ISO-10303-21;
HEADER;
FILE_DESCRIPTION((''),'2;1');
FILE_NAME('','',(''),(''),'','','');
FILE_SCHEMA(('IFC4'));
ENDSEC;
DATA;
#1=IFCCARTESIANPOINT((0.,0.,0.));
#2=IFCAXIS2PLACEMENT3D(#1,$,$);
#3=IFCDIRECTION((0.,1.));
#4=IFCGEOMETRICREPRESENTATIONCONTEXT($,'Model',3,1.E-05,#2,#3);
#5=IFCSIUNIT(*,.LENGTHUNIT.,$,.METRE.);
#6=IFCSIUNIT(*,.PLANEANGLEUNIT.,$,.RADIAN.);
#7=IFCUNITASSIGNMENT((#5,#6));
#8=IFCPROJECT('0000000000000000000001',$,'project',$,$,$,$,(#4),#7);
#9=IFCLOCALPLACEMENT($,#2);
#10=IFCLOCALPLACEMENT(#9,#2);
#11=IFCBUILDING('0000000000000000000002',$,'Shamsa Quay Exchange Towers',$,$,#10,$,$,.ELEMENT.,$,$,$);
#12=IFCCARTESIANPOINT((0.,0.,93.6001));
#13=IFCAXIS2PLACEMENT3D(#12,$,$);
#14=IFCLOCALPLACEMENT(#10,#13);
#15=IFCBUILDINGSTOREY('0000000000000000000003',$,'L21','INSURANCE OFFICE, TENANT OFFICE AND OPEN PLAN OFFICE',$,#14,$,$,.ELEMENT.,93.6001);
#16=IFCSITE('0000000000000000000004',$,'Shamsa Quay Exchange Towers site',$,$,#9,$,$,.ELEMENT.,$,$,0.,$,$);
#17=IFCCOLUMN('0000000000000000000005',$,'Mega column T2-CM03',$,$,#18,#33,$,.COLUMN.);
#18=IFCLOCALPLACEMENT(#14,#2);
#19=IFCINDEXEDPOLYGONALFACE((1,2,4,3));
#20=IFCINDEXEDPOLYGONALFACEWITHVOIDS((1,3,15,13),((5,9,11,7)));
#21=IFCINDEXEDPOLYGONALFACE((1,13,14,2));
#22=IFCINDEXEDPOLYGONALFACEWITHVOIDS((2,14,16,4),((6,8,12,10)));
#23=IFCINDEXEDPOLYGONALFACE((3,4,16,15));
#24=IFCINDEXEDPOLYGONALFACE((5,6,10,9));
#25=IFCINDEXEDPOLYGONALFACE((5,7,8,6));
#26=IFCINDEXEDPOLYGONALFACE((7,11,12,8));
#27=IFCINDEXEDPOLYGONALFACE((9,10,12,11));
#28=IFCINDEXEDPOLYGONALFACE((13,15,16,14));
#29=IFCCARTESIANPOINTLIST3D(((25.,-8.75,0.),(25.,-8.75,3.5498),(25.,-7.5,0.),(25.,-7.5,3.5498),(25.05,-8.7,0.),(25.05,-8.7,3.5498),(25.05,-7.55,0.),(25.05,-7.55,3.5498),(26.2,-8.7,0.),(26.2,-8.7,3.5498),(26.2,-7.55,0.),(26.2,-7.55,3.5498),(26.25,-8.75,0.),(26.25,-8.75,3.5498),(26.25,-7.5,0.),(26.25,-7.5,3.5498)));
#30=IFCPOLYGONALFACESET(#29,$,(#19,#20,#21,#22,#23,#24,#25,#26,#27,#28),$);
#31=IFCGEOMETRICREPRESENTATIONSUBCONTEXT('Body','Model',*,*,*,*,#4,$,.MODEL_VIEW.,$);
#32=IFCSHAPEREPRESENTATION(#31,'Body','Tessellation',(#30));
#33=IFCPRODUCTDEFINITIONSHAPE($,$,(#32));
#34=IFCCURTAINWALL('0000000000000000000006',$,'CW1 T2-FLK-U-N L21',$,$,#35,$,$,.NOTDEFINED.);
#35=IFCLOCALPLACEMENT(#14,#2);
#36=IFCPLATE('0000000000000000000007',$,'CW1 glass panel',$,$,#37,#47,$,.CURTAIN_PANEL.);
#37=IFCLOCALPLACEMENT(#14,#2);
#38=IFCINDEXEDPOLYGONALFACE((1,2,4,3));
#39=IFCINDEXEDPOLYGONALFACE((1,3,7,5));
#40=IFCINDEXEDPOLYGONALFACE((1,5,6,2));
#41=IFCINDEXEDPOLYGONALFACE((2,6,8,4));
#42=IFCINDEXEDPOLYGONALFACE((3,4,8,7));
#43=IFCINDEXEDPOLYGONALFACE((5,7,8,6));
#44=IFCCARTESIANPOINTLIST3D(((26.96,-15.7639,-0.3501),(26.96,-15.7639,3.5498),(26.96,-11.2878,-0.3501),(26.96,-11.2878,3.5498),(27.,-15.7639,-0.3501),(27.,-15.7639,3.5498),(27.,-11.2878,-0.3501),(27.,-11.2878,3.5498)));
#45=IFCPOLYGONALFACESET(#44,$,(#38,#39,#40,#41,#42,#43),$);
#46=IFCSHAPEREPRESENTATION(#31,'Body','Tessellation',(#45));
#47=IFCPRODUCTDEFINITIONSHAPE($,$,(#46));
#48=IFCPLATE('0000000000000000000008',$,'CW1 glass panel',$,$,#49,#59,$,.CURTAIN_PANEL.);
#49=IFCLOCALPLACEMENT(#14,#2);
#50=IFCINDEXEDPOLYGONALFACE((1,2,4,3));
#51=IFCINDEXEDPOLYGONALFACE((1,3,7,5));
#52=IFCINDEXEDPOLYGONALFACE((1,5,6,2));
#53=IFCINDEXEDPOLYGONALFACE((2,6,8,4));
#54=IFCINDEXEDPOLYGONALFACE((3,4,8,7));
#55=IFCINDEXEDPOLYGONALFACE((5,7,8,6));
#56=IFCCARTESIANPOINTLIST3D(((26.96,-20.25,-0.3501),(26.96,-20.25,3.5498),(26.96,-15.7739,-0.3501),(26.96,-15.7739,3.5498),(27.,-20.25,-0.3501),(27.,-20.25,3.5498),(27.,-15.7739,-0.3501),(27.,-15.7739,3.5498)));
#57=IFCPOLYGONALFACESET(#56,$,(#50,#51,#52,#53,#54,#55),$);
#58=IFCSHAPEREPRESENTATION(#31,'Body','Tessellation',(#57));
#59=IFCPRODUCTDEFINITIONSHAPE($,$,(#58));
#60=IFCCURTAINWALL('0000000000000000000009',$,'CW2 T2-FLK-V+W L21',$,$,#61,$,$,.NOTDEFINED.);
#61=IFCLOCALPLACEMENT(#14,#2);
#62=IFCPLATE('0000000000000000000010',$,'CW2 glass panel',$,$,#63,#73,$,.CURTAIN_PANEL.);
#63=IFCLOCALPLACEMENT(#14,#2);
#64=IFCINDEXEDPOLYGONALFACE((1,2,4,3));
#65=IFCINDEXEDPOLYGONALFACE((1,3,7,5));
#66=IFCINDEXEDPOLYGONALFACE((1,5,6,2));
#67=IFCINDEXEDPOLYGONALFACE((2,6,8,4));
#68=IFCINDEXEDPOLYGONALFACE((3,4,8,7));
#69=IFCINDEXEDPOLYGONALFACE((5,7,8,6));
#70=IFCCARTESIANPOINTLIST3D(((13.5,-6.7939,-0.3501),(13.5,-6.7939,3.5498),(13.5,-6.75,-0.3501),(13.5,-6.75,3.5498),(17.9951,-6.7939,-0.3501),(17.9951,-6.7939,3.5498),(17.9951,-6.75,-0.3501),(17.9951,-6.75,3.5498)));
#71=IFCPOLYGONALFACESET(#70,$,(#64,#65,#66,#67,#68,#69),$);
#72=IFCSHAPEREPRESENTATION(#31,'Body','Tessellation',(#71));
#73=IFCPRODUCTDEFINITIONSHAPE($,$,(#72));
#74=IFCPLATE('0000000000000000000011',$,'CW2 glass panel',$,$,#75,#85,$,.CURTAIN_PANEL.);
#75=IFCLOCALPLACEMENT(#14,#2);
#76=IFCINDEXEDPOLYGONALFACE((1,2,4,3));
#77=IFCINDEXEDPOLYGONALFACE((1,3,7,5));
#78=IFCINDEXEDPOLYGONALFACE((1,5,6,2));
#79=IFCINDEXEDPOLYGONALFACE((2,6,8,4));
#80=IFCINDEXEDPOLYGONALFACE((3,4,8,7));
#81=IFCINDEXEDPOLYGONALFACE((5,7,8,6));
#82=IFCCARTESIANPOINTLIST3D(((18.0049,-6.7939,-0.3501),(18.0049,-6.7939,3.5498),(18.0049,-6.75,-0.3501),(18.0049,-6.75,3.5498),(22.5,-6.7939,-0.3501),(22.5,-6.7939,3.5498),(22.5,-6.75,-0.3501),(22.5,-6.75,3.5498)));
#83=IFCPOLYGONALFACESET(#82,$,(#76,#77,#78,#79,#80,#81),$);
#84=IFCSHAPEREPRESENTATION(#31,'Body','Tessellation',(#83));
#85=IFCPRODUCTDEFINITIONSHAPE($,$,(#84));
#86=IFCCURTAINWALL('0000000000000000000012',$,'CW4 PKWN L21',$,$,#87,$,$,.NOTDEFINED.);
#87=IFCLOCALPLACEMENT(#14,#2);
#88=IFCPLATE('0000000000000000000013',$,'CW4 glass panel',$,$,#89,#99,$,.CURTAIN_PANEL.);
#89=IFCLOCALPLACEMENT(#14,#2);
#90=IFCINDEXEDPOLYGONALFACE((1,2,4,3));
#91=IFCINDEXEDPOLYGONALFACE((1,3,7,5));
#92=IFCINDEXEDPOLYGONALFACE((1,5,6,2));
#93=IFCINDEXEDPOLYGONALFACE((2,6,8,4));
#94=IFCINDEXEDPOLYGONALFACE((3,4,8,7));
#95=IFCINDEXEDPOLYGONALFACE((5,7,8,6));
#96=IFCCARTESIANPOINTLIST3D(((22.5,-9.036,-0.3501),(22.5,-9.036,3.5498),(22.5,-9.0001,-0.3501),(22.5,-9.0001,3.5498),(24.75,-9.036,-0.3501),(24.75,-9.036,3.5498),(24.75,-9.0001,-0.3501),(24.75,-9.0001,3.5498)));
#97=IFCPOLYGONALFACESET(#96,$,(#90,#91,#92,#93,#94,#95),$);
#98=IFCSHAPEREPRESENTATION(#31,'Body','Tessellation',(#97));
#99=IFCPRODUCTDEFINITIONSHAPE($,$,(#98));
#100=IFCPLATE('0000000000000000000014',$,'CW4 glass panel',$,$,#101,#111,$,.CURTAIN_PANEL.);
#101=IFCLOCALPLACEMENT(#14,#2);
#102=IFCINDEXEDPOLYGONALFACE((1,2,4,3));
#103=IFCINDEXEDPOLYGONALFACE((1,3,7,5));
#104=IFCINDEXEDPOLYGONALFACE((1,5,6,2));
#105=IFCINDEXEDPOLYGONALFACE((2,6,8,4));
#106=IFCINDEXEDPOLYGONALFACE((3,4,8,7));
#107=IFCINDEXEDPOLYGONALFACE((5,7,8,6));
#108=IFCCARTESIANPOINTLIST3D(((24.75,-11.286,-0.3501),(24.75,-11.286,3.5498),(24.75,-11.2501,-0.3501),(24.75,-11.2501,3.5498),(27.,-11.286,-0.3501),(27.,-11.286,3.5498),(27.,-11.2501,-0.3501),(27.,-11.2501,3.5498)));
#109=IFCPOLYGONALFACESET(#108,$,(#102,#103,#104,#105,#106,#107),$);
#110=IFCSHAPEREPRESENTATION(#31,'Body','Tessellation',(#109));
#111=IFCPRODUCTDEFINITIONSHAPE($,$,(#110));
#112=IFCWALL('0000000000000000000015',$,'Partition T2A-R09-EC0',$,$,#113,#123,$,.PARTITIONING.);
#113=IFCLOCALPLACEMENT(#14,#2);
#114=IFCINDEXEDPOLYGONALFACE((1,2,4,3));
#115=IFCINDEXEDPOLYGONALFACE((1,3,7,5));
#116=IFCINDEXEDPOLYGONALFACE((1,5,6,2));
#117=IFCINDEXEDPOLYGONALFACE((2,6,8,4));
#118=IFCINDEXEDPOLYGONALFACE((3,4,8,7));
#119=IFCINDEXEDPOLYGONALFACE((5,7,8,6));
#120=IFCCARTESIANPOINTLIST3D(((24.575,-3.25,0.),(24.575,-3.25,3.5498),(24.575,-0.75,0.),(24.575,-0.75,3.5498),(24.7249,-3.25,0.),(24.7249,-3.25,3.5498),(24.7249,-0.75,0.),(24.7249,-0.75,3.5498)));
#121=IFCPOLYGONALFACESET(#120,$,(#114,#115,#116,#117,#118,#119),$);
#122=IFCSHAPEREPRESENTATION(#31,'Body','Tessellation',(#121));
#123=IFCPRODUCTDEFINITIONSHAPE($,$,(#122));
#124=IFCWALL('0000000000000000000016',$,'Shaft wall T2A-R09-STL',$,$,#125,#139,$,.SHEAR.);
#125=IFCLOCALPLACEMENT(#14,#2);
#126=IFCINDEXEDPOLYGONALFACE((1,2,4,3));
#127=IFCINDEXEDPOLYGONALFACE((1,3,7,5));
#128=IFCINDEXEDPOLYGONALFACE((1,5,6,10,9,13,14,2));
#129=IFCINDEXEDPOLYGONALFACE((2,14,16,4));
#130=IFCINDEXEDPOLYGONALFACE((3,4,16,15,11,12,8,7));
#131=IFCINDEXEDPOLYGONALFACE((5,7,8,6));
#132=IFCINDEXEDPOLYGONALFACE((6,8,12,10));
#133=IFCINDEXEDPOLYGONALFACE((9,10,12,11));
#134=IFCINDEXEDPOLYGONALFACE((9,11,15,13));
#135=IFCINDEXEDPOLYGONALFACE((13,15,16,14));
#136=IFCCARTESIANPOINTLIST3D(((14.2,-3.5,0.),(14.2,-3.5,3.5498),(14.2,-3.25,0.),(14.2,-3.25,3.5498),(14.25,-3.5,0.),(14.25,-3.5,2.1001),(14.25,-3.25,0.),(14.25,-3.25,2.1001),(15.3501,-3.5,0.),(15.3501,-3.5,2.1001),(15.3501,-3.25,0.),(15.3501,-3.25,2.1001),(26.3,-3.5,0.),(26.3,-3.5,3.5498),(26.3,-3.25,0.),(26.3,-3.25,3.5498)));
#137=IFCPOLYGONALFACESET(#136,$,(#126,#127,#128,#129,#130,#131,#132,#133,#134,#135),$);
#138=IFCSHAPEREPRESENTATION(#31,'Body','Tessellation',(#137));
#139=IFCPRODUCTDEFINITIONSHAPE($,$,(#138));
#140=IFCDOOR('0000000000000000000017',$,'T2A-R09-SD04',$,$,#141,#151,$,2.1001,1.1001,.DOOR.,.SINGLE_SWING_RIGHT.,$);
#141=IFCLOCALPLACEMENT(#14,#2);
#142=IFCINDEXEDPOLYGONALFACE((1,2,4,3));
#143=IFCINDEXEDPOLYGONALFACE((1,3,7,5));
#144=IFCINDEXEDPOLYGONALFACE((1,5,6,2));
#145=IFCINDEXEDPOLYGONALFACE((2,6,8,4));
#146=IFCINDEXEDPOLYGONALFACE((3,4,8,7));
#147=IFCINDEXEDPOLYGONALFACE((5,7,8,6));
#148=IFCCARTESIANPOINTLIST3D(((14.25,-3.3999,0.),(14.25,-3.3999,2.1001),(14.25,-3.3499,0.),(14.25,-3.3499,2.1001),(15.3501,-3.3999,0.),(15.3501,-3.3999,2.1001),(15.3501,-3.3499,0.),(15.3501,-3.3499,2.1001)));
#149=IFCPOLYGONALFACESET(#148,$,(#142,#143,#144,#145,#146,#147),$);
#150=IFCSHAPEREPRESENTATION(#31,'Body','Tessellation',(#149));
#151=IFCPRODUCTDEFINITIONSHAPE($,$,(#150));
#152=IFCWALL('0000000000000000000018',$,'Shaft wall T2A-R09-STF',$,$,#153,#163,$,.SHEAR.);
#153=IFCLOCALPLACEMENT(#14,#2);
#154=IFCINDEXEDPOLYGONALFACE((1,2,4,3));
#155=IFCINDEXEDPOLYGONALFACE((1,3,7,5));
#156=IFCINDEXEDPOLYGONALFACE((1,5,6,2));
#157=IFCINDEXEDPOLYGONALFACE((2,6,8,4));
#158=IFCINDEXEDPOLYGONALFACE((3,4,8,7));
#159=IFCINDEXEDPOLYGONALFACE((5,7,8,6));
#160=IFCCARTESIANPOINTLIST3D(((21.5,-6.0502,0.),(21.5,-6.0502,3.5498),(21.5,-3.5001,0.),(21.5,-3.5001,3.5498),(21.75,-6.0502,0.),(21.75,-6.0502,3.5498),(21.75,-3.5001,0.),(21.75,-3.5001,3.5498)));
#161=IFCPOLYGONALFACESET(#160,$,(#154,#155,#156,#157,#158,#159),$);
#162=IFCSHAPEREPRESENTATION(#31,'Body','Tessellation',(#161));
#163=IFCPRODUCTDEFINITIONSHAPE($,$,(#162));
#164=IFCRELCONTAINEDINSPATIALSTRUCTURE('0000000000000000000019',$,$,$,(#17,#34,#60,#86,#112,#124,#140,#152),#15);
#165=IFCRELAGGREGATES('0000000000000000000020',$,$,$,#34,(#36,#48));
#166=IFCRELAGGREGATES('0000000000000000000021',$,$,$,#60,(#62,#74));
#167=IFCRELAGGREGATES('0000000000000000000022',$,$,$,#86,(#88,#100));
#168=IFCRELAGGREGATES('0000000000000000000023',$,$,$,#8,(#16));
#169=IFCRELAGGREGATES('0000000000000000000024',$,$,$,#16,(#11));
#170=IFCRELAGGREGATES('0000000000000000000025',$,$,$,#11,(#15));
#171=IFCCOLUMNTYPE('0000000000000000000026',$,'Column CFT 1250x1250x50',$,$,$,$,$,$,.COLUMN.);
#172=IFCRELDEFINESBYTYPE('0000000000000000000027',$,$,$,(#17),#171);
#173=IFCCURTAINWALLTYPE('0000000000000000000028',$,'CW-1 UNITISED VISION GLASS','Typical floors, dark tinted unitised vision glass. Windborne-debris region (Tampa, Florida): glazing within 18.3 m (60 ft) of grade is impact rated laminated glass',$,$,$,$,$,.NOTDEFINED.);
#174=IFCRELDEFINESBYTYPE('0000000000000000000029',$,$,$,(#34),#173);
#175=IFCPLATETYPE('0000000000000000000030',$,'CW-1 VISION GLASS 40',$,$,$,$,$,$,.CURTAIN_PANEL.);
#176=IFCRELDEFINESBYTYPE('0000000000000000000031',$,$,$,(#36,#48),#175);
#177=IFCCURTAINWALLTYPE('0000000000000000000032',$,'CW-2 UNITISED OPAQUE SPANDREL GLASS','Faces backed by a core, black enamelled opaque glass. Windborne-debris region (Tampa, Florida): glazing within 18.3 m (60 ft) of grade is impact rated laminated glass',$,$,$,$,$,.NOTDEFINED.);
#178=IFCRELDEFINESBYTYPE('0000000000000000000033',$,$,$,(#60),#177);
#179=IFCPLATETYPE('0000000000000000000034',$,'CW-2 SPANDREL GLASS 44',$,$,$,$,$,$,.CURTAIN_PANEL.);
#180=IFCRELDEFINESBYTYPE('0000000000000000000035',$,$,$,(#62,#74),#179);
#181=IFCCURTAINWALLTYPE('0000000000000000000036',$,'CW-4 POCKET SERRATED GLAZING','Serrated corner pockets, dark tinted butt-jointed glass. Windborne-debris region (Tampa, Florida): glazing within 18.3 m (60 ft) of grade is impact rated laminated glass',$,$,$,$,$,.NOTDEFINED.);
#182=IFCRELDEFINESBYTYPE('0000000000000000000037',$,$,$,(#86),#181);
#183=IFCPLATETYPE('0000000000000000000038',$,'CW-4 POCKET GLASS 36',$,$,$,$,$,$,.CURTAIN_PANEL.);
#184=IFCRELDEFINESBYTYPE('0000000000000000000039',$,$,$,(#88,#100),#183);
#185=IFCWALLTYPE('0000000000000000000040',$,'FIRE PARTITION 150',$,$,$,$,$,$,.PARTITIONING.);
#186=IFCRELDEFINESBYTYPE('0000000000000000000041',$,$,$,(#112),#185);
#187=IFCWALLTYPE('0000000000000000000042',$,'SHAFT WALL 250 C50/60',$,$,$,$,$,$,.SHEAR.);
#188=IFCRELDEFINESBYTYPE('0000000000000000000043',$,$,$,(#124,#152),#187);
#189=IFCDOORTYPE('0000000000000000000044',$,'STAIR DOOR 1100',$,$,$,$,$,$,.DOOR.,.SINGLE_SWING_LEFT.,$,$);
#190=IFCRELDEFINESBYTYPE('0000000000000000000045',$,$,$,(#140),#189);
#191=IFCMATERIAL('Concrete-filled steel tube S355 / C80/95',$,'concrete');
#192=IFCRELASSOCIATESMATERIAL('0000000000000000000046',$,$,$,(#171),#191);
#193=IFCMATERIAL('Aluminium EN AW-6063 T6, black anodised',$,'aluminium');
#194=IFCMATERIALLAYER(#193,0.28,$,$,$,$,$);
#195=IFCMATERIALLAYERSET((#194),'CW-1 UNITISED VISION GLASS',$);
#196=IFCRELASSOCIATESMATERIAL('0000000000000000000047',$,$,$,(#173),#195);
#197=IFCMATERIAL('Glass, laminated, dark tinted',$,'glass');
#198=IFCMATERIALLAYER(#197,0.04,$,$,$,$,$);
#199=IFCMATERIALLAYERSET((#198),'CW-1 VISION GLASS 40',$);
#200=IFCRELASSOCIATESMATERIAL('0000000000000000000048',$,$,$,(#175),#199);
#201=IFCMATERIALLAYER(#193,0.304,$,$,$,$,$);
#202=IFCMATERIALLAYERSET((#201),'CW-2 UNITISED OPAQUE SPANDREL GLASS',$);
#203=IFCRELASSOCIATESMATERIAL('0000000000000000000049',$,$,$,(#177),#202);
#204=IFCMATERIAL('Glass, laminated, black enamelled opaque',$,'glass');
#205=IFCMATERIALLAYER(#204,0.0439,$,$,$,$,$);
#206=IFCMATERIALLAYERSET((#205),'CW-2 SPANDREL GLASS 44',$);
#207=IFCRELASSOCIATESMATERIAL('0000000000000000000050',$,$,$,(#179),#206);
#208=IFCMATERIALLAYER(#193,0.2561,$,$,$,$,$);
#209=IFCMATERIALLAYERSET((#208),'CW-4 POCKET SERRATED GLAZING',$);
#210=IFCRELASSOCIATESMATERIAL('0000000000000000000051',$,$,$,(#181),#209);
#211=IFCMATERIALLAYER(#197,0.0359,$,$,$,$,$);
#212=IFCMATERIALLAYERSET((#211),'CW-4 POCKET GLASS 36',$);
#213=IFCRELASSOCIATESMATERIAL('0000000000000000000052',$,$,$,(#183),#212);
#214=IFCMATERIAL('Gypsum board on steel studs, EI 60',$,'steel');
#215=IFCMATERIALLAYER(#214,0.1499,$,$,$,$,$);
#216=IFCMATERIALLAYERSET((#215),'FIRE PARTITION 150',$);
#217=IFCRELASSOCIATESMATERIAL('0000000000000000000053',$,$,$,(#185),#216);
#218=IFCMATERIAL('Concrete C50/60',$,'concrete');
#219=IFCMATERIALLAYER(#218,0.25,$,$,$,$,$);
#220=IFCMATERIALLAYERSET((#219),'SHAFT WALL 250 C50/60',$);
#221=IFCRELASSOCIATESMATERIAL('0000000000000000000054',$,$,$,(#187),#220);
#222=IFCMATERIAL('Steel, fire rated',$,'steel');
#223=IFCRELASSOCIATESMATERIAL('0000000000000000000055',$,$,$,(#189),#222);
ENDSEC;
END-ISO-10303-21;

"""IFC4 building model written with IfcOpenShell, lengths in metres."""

from ifc_helpers import new_model, si_unit, direction, frame, frame_2d, origin, origin_2d, place, context, subcontext, project, spatial, rectangle, hollow_rectangle, extrude, material, layer, layer_set, material_profile, profile_set, type_object, element, fill, aggregate, save


model = new_model("IFC4")

# Units and contexts
model_context = context("Model", 3, precision=1e-05, world=origin(), true_north=direction((0.0, 1.0)))
body_context = subcontext(model_context, "Body", "Model", "MODEL_VIEW")
ifc_project = project(units=[si_unit("LENGTHUNIT", "METRE"), si_unit("PLANEANGLEUNIT", "RADIAN")], contexts=[model_context])

# Site, building, storey
site_placement = place(None, origin())
site = spatial("IfcSite", under=ifc_project, at=site_placement, Name="Shamsa Quay Exchange Towers site", CompositionType="ELEMENT", RefElevation=0.0)
building_placement = place(site_placement, origin())
building = spatial("IfcBuilding", under=site, at=building_placement, Name="Shamsa Quay Exchange Towers", CompositionType="ELEMENT")
storey_placement = place(building_placement, frame((0.0, 0.0, 93.6001)))
storey = spatial("IfcBuildingStorey", under=building, at=storey_placement, Name="L21", Description="INSURANCE OFFICE, TENANT OFFICE AND OPEN PLAN OFFICE", CompositionType="ELEMENT", Elevation=93.6001)

# Column
ifc_material_1 = material(Name="Concrete-filled steel tube S355 / C80/95", Category="concrete")
ifc_material_profile = material_profile(ifc_material_1, hollow_rectangle(XDim=1.25, YDim=1.25, WallThickness=0.05, at=origin_2d()), Name="CFT 1250x1250x50")
ifc_profile_set = profile_set([ifc_material_profile], Name="Concrete-filled steel tube S355 / C80/95")
column_type = type_object("IfcColumnType", Name="Column CFT 1250x1250x50", PredefinedType="COLUMN", material=ifc_profile_set)
column_placement = place(storey_placement, frame((25.625, -8.125, 0.0)))
element("IfcColumn", 1, at=column_placement, inside=storey, type_object=column_type, Name="Mega column T2-CM03", PredefinedType="COLUMN", context=body_context, shape_type="SweptSolid", body=[
    extrude(hollow_rectangle(XDim=1.25, YDim=1.25, WallThickness=0.05, at=origin_2d()), origin(), (0.0, 0.0, 1.0), 3.5498),
])

# Curtain walls, plates
ifc_material_2 = material(Name="Aluminium EN AW-6063 T6, black anodised", Category="aluminium")
ifc_layer_1 = layer(ifc_material_2, 0.28)
ifc_layer_set_1 = layer_set([ifc_layer_1], Name="CW-1 UNITISED VISION GLASS")
curtain_wall_type_1 = type_object("IfcCurtainWallType", Name="CW-1 UNITISED VISION GLASS", Description="Typical floors, dark tinted unitised vision glass. Windborne-debris region (Tampa, Florida): glazing within 18.3 m (60 ft) of grade is impact rated laminated glass", PredefinedType="NOTDEFINED", material=ifc_layer_set_1)
curtain_wall_1_placement = place(storey_placement, origin())
curtain_wall_1 = element("IfcCurtainWall", 2, at=curtain_wall_1_placement, inside=storey, type_object=curtain_wall_type_1, Name="CW1 T2-FLK-U-N L21", PredefinedType="NOTDEFINED")
ifc_material_3 = material(Name="Glass, laminated, dark tinted", Category="glass")
ifc_layer_2 = layer(ifc_material_3, 0.04)
ifc_layer_set_2 = layer_set([ifc_layer_2], Name="CW-1 VISION GLASS 40")
plate_type_1 = type_object("IfcPlateType", Name="CW-1 VISION GLASS 40", PredefinedType="CURTAIN_PANEL", material=ifc_layer_set_2)
plate_1_placement = place(storey_placement, frame((26.98, -13.5259, -0.3501), z_axis=(0.0, 0.0, 1.0), x_axis=(0.0, -1.0, 0.0)))
plate_1 = element("IfcPlate", 3, at=plate_1_placement, type_object=plate_type_1, Name="CW1 glass panel", PredefinedType="CURTAIN_PANEL", context=body_context, shape_type="SweptSolid", body=[
    extrude(rectangle(XDim=4.4761, YDim=0.04, at=origin_2d()), origin(), (0.0, 0.0, 1.0), 3.8999),
])
plate_2_placement = place(storey_placement, frame((26.98, -18.012, -0.3501), z_axis=(0.0, 0.0, 1.0), x_axis=(0.0, -1.0, 0.0)))
plate_2 = element("IfcPlate", 4, at=plate_2_placement, type_object=plate_type_1, Name="CW1 glass panel", PredefinedType="CURTAIN_PANEL", context=body_context, shape_type="SweptSolid", body=[
    extrude(rectangle(XDim=4.4761, YDim=0.04, at=origin_2d()), origin(), (0.0, 0.0, 1.0), 3.8999),
])
aggregate(curtain_wall_1, [plate_1, plate_2])
ifc_layer_3 = layer(ifc_material_2, 0.304)
ifc_layer_set_3 = layer_set([ifc_layer_3], Name="CW-2 UNITISED OPAQUE SPANDREL GLASS")
curtain_wall_type_2 = type_object("IfcCurtainWallType", Name="CW-2 UNITISED OPAQUE SPANDREL GLASS", Description="Faces backed by a core, black enamelled opaque glass. Windborne-debris region (Tampa, Florida): glazing within 18.3 m (60 ft) of grade is impact rated laminated glass", PredefinedType="NOTDEFINED", material=ifc_layer_set_3)
curtain_wall_2_placement = place(storey_placement, origin())
curtain_wall_2 = element("IfcCurtainWall", 5, at=curtain_wall_2_placement, inside=storey, type_object=curtain_wall_type_2, Name="CW2 T2-FLK-V+W L21", PredefinedType="NOTDEFINED")
ifc_material_4 = material(Name="Glass, laminated, black enamelled opaque", Category="glass")
ifc_layer_4 = layer(ifc_material_4, 0.0439)
ifc_layer_set_4 = layer_set([ifc_layer_4], Name="CW-2 SPANDREL GLASS 44")
plate_type_2 = type_object("IfcPlateType", Name="CW-2 SPANDREL GLASS 44", PredefinedType="CURTAIN_PANEL", material=ifc_layer_set_4)
plate_3_placement = place(storey_placement, frame((15.7476, -6.772, -0.3501)))
plate_3 = element("IfcPlate", 6, at=plate_3_placement, type_object=plate_type_2, Name="CW2 glass panel", PredefinedType="CURTAIN_PANEL", context=body_context, shape_type="SweptSolid", body=[
    extrude(rectangle(XDim=4.4951, YDim=0.0439, at=origin_2d()), origin(), (0.0, 0.0, 1.0), 3.8999),
])
plate_4_placement = place(storey_placement, frame((20.2524, -6.772, -0.3501)))
plate_4 = element("IfcPlate", 7, at=plate_4_placement, type_object=plate_type_2, Name="CW2 glass panel", PredefinedType="CURTAIN_PANEL", context=body_context, shape_type="SweptSolid", body=[
    extrude(rectangle(XDim=4.4951, YDim=0.0439, at=origin_2d()), origin(), (0.0, 0.0, 1.0), 3.8999),
])
aggregate(curtain_wall_2, [plate_3, plate_4])
ifc_layer_5 = layer(ifc_material_2, 0.2561)
ifc_layer_set_5 = layer_set([ifc_layer_5], Name="CW-4 POCKET SERRATED GLAZING")
curtain_wall_type_3 = type_object("IfcCurtainWallType", Name="CW-4 POCKET SERRATED GLAZING", Description="Serrated corner pockets, dark tinted butt-jointed glass. Windborne-debris region (Tampa, Florida): glazing within 18.3 m (60 ft) of grade is impact rated laminated glass", PredefinedType="NOTDEFINED", material=ifc_layer_set_5)
curtain_wall_3_placement = place(storey_placement, origin())
curtain_wall_3 = element("IfcCurtainWall", 8, at=curtain_wall_3_placement, inside=storey, type_object=curtain_wall_type_3, Name="CW4 PKWN L21", PredefinedType="NOTDEFINED")
ifc_layer_6 = layer(ifc_material_3, 0.0359)
ifc_layer_set_6 = layer_set([ifc_layer_6], Name="CW-4 POCKET GLASS 36")
plate_type_3 = type_object("IfcPlateType", Name="CW-4 POCKET GLASS 36", PredefinedType="CURTAIN_PANEL", material=ifc_layer_set_6)
plate_5_placement = place(storey_placement, frame((23.625, -9.0181, -0.3501)))
plate_5 = element("IfcPlate", 9, at=plate_5_placement, type_object=plate_type_3, Name="CW4 glass panel", PredefinedType="CURTAIN_PANEL", context=body_context, shape_type="SweptSolid", body=[
    extrude(rectangle(XDim=2.25, YDim=0.0359, at=origin_2d()), origin(), (0.0, 0.0, 1.0), 3.8999),
])
plate_6_placement = place(storey_placement, frame((25.875, -11.2681, -0.3501)))
plate_6 = element("IfcPlate", 10, at=plate_6_placement, type_object=plate_type_3, Name="CW4 glass panel", PredefinedType="CURTAIN_PANEL", context=body_context, shape_type="SweptSolid", body=[
    extrude(rectangle(XDim=2.25, YDim=0.0359, at=origin_2d()), origin(), (0.0, 0.0, 1.0), 3.8999),
])
aggregate(curtain_wall_3, [plate_5, plate_6])

# Wall
ifc_material_5 = material(Name="Gypsum board on steel studs, EI 60", Category="steel")
ifc_layer_7 = layer(ifc_material_5, 0.1499)
ifc_layer_set_7 = layer_set([ifc_layer_7], Name="FIRE PARTITION 150")
wall_type_1 = type_object("IfcWallType", Name="FIRE PARTITION 150", PredefinedType="PARTITIONING", material=ifc_layer_set_7)
wall_1_placement = place(storey_placement, frame((24.6499, -3.25, 0.0), z_axis=(0.0, 0.0, 1.0), x_axis=(0.0, 1.0, 0.0)))
element("IfcWall", 11, at=wall_1_placement, inside=storey, type_object=wall_type_1, Name="Partition T2A-R09-EC0", PredefinedType="PARTITIONING", context=body_context, shape_type="SweptSolid", body=[
    extrude(rectangle(XDim=2.5, YDim=0.1499, at=frame_2d((1.25, 0.0))), origin(), (0.0, 0.0, 1.0), 3.5498),
])

# Wall, opening, door
ifc_material_6 = material(Name="Concrete C50/60", Category="concrete")
ifc_layer_8 = layer(ifc_material_6, 0.25)
ifc_layer_set_8 = layer_set([ifc_layer_8], Name="SHAFT WALL 250 C50/60")
wall_type_2 = type_object("IfcWallType", Name="SHAFT WALL 250 C50/60", PredefinedType="SHEAR", material=ifc_layer_set_8)
wall_2_placement = place(storey_placement, frame((26.3, -3.375, 0.0), z_axis=(0.0, 0.0, 1.0), x_axis=(-1.0, 0.0, 0.0)))
wall_2 = element("IfcWall", 12, at=wall_2_placement, inside=storey, type_object=wall_type_2, Name="Shaft wall T2A-R09-STL", PredefinedType="SHEAR", context=body_context, shape_type="SweptSolid", body=[
    extrude(rectangle(XDim=12.1001, YDim=0.25, at=frame_2d((6.05, 0.0))), origin(), (0.0, 0.0, 1.0), 3.5498),
])
opening_1_placement = place(wall_2_placement, frame((10.95, 0.0, 0.0)))
opening_1 = element("IfcOpeningElement", 13, at=opening_1_placement, cuts=wall_2, PredefinedType="OPENING", context=body_context, shape_type="SweptSolid", body=[
    extrude(rectangle(XDim=1.1001, YDim=2.1001, at=frame_2d((0.55, 1.05))), frame((0.0, 0.135, 0.0), z_axis=(0.0, -1.0, 0.0), x_axis=(1.0, 0.0, 0.0)), (0.0, 0.0, 1.0), 0.27),
])
ifc_material_7 = material(Name="Steel, fire rated", Category="steel")
door_type_1 = type_object("IfcDoorType", Name="STAIR DOOR 1100", OperationType="SINGLE_SWING_LEFT", PredefinedType="DOOR", material=ifc_material_7)
door_1_placement = place(opening_1_placement, origin())
door_1 = element("IfcDoor", 14, at=door_1_placement, inside=storey, type_object=door_type_1, Name="T2A-R09-SD04", OperationType="SINGLE_SWING_RIGHT", OverallHeight=2.1001, OverallWidth=1.1001, PredefinedType="DOOR", context=body_context, shape_type="SweptSolid", body=[
    extrude(rectangle(XDim=1.1001, YDim=2.1001, at=frame_2d((0.55, 1.05))), frame((0.0, 0.0249, 0.0), z_axis=(0.0, -1.0, 0.0), x_axis=(1.0, 0.0, 0.0)), (0.0, 0.0, 1.0), 0.05),
])
fill(opening_1, door_1)

# Wall
wall_3_placement = place(storey_placement, frame((21.625, -6.05, 0.0), z_axis=(0.0, 0.0, 1.0), x_axis=(0.0, 1.0, 0.0)))
element("IfcWall", 15, at=wall_3_placement, inside=storey, type_object=wall_type_2, Name="Shaft wall T2A-R09-STF", PredefinedType="SHEAR", context=body_context, shape_type="SweptSolid", body=[
    extrude(rectangle(XDim=2.55, YDim=0.25, at=frame_2d((1.2749, 0.0))), origin(), (0.0, 0.0, 1.0), 3.5498),
])

save(model, "model.ifc")
